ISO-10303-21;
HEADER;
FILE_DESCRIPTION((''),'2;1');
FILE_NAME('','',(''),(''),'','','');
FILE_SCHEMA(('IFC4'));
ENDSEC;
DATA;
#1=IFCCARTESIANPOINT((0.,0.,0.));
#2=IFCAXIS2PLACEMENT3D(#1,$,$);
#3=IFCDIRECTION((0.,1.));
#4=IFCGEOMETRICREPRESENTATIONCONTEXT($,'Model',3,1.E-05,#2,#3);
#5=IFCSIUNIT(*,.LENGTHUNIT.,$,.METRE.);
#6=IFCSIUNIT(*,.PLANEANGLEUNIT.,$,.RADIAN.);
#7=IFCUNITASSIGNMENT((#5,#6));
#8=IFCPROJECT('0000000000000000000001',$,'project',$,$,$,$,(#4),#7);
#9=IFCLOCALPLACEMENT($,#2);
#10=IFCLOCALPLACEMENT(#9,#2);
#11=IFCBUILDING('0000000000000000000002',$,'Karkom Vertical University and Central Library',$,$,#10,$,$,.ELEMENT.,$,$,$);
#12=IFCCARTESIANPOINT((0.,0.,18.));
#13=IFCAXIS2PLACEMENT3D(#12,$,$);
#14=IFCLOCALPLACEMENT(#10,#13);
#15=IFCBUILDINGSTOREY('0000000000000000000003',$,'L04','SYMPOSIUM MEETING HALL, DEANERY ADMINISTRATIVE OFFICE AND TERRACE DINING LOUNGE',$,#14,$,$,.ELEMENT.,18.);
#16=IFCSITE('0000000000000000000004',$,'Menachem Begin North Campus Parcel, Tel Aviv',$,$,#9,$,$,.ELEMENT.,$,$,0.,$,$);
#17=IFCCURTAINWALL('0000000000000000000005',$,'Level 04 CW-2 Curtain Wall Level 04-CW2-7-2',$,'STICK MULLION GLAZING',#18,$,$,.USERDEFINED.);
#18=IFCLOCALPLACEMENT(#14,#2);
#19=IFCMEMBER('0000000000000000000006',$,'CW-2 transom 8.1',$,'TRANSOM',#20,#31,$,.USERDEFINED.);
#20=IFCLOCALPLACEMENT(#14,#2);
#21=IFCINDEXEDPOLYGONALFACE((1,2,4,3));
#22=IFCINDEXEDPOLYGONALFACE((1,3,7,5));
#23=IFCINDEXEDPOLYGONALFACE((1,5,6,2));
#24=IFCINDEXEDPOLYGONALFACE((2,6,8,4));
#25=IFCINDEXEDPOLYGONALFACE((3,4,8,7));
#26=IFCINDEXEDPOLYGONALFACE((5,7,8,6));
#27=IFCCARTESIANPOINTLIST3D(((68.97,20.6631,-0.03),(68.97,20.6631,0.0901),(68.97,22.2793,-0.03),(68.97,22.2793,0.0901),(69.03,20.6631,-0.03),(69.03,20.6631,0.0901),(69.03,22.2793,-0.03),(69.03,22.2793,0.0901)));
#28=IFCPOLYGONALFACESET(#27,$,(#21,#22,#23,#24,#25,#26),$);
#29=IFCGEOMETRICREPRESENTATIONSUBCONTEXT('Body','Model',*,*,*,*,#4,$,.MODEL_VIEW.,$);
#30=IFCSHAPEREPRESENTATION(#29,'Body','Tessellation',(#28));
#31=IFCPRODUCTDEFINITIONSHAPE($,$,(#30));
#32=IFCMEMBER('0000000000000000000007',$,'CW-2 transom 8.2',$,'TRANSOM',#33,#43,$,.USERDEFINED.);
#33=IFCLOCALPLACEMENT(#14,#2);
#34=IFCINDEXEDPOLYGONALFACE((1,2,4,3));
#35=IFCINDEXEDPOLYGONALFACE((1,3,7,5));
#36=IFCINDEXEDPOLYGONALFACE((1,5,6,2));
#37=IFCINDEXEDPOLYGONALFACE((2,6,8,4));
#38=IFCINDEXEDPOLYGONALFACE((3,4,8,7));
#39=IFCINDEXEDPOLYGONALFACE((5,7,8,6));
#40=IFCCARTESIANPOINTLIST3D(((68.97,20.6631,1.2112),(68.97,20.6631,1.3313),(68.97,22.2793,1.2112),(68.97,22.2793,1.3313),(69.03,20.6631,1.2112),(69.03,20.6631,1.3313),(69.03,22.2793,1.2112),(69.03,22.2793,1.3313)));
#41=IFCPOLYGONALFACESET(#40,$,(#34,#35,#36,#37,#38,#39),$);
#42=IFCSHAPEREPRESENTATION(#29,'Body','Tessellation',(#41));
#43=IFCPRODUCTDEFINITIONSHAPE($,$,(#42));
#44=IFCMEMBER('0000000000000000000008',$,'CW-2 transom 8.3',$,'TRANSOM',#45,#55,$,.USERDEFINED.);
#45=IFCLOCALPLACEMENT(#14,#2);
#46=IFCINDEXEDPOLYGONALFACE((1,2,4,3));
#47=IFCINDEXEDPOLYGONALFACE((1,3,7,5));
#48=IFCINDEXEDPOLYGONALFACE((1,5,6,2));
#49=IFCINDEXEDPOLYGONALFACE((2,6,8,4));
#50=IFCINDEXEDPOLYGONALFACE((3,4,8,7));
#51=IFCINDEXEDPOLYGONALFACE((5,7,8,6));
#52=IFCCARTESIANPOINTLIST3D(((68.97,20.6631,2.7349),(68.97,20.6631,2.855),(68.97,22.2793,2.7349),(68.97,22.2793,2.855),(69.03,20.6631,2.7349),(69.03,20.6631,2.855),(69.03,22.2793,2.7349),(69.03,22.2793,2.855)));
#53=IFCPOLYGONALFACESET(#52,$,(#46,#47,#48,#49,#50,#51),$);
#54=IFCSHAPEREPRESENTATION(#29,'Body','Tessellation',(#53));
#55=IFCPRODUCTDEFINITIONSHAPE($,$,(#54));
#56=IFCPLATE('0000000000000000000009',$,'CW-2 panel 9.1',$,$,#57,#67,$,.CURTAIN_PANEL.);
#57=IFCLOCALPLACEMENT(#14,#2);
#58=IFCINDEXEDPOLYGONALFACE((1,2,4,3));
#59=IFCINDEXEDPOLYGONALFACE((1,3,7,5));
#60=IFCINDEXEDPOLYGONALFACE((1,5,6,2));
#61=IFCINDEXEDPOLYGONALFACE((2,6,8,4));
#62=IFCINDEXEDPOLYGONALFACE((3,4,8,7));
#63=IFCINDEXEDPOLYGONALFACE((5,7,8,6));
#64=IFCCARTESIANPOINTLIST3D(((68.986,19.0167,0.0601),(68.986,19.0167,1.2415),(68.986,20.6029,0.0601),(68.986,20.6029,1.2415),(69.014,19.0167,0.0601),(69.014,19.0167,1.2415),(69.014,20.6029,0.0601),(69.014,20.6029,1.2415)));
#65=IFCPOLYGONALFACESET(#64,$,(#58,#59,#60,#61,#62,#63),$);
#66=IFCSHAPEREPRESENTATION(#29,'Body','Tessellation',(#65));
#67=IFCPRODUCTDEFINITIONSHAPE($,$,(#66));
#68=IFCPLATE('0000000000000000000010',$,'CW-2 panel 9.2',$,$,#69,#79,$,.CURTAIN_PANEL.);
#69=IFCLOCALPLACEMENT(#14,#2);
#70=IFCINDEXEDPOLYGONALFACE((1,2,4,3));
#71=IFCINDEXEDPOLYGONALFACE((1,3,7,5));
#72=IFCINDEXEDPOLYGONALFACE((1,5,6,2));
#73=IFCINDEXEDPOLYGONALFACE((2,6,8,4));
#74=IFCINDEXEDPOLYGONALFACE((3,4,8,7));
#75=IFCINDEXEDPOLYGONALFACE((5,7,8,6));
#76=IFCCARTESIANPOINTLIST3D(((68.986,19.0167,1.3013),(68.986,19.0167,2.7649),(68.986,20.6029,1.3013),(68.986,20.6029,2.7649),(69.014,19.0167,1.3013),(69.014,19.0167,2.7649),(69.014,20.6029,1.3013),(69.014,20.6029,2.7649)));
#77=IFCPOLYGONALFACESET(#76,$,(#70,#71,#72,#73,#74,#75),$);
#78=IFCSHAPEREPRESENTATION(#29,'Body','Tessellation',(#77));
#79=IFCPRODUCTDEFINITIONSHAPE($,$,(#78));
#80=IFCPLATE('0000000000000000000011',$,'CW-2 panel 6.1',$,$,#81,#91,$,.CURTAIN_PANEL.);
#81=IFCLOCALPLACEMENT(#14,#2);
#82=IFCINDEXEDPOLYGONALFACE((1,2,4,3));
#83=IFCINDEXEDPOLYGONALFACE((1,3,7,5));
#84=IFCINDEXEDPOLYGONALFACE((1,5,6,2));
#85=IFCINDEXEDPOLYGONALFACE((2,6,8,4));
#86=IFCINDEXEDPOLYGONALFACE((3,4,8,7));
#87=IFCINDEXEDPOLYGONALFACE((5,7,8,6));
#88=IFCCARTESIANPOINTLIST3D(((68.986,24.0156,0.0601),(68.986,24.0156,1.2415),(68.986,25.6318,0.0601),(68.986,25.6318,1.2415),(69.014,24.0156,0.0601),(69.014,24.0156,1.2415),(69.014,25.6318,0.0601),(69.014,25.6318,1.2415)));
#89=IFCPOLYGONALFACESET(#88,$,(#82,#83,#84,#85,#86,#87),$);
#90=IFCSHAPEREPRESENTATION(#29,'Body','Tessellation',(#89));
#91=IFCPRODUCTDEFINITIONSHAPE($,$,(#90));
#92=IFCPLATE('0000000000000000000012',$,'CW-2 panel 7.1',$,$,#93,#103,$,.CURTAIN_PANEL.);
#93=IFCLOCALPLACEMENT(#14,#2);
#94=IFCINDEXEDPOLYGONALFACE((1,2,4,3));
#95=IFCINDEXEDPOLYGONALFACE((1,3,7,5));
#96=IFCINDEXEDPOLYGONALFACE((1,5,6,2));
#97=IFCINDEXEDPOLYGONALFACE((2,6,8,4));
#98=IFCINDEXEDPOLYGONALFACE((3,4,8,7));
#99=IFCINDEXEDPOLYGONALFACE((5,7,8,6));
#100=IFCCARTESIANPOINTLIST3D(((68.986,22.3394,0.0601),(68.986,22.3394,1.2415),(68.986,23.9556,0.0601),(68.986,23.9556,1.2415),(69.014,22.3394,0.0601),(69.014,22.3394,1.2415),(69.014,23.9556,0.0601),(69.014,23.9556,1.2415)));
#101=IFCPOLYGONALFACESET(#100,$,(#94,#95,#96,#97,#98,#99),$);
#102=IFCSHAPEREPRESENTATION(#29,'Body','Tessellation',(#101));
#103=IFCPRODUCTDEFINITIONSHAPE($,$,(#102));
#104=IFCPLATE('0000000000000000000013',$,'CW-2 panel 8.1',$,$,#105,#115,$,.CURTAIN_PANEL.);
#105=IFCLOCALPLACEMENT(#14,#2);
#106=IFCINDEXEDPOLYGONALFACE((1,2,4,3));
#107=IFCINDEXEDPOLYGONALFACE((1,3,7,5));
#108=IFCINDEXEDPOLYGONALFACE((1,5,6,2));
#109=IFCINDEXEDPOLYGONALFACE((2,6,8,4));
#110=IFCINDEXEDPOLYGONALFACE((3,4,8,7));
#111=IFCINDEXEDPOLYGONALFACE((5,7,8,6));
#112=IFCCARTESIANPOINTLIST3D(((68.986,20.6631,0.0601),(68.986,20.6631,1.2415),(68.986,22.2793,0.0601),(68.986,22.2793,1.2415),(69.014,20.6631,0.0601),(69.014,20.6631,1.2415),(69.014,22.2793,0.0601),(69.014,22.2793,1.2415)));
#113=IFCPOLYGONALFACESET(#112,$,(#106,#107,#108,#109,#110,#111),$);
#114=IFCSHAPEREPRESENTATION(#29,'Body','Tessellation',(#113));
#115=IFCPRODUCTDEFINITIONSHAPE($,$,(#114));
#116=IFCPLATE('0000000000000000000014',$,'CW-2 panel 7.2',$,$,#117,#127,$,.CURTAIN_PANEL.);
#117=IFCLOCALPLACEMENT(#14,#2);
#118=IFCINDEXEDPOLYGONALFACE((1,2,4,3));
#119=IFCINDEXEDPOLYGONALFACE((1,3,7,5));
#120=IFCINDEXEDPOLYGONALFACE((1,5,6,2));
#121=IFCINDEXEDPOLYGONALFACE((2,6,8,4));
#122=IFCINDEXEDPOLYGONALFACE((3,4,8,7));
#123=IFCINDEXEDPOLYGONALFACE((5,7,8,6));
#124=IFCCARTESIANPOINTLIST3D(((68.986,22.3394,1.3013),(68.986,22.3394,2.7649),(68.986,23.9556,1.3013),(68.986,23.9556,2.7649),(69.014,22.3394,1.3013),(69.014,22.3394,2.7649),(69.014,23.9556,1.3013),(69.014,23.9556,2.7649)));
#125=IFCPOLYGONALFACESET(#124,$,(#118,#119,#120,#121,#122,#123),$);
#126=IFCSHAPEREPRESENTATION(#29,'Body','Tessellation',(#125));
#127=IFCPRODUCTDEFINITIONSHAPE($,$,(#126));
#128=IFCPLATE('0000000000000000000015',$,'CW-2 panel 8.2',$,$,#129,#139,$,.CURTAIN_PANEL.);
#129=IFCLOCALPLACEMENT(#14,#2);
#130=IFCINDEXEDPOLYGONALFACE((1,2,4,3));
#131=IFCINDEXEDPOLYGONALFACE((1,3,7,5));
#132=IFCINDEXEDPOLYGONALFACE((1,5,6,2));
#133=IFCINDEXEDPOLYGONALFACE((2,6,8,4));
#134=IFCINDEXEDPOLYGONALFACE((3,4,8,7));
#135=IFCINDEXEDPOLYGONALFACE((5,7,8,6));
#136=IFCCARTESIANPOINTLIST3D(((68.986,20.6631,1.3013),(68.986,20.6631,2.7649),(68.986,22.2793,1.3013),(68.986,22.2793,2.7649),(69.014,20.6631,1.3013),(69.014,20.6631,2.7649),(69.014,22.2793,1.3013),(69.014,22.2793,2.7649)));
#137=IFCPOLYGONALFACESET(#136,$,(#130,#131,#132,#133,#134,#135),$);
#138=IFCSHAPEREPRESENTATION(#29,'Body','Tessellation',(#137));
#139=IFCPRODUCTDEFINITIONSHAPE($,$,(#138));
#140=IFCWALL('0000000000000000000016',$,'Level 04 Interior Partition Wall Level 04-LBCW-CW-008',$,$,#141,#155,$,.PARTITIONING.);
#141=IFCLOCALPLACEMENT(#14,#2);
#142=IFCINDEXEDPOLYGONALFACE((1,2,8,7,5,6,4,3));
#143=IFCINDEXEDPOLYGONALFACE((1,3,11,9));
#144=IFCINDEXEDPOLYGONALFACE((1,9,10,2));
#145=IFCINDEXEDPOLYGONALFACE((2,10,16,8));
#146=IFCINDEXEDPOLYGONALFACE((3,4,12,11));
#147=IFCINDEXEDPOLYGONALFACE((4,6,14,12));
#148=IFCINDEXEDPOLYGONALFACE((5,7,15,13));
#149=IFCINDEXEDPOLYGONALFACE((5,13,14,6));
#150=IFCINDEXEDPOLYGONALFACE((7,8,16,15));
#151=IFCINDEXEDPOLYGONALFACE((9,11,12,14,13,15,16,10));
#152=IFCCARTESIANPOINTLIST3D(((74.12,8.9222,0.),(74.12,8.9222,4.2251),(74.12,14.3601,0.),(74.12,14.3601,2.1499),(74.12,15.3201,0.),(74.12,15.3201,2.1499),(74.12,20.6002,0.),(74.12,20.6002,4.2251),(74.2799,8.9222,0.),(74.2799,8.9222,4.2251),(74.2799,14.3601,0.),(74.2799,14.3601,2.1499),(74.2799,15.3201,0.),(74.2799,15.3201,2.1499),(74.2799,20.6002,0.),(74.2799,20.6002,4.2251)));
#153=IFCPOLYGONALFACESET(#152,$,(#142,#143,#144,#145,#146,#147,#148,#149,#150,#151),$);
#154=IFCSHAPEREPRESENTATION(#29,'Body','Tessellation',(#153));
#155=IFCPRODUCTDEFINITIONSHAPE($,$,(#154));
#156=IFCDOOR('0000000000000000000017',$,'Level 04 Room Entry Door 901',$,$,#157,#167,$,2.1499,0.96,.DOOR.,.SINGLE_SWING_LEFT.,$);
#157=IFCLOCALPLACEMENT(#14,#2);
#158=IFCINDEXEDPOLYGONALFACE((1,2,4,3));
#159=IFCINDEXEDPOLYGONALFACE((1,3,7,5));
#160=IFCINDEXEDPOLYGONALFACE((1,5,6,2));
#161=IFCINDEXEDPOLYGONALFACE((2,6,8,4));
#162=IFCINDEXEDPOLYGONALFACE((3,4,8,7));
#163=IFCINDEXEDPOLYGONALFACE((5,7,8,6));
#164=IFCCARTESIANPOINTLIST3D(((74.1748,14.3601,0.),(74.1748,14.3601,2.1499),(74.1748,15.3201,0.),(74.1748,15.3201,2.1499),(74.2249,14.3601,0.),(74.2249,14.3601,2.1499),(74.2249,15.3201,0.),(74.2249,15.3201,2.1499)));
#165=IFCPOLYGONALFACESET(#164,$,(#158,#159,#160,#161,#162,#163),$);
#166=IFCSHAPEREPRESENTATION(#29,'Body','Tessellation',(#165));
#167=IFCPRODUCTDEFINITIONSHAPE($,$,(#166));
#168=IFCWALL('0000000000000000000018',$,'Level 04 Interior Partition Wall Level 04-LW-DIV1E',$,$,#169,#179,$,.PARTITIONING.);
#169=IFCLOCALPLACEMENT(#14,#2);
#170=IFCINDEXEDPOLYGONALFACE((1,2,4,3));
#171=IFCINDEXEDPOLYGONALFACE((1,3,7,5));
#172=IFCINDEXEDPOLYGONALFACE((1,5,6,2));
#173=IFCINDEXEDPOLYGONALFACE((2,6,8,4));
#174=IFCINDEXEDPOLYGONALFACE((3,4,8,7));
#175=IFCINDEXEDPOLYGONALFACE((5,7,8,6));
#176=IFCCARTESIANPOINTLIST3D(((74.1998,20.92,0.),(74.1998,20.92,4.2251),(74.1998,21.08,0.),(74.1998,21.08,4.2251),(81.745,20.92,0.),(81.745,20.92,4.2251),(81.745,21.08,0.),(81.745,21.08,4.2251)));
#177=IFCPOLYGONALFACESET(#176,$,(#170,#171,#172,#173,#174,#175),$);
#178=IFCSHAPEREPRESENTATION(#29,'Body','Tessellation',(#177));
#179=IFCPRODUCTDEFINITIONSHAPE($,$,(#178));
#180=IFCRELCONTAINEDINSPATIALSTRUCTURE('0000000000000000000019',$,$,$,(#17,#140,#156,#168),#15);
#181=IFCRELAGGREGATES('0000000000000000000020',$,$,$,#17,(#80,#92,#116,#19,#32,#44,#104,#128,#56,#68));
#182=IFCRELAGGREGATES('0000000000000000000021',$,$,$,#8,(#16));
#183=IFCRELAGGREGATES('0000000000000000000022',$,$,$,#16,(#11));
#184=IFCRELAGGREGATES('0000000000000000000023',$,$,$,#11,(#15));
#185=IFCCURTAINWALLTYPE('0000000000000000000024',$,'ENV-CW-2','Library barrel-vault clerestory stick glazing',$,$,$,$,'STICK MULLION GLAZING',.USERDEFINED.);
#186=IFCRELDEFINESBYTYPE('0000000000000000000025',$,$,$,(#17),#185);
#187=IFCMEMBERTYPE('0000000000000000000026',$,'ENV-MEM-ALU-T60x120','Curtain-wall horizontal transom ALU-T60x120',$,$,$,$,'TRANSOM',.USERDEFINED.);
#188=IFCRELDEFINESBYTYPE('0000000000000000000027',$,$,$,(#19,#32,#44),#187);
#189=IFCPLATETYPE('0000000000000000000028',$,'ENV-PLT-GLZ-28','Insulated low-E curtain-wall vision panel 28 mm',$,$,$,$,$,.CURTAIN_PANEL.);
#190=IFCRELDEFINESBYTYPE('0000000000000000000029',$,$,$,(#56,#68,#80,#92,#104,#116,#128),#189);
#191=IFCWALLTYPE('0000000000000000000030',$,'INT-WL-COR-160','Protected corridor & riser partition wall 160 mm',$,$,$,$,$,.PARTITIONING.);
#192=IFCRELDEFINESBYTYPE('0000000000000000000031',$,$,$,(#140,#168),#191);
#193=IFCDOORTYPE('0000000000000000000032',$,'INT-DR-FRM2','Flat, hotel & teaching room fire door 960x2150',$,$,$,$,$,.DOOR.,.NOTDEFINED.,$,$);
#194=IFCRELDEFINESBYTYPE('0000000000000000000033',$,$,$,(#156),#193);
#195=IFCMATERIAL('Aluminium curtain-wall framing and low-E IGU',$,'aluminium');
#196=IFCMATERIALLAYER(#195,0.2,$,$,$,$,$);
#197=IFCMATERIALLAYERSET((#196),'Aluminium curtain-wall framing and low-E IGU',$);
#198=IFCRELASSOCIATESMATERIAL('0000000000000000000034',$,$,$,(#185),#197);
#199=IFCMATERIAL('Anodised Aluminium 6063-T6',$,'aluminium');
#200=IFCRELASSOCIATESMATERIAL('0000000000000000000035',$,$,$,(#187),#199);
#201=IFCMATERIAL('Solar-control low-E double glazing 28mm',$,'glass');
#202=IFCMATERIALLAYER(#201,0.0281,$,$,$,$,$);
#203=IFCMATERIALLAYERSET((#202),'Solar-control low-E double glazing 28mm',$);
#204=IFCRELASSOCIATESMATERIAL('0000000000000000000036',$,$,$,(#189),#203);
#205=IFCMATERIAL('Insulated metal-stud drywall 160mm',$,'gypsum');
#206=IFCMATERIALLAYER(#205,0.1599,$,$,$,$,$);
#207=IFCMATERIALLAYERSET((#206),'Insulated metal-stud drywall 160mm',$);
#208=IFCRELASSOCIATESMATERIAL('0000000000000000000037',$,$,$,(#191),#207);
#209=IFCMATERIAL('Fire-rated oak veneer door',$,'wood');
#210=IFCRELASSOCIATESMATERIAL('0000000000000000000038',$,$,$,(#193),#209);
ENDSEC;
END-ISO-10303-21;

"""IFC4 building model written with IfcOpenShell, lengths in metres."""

from ifc_helpers import new_model, si_unit, direction, frame, frame_2d, origin, origin_with_axes, origin_2d, place, context, subcontext, project, spatial, rectangle, extrude, source, transform, mapped, material, layer, layer_set, material_profile, profile_set, type_object, element, fill, aggregate, save


model = new_model("IFC4")

# Units and contexts
model_context = context("Model", 3, precision=1e-05, world=origin(), true_north=direction((0.0, 1.0)))
body_context = subcontext(model_context, "Body", "Model", "MODEL_VIEW")
ifc_project = project(units=[si_unit("LENGTHUNIT", "METRE"), si_unit("PLANEANGLEUNIT", "RADIAN")], contexts=[model_context])

# Site, building, storey
site_placement = place(None, origin())
site = spatial("IfcSite", under=ifc_project, at=site_placement, Name="Menachem Begin North Campus Parcel, Tel Aviv", CompositionType="ELEMENT", RefElevation=0.0)
building_placement = place(site_placement, origin())
building = spatial("IfcBuilding", under=site, at=building_placement, Name="Karkom Vertical University and Central Library", CompositionType="ELEMENT")
storey_placement = place(building_placement, frame((0.0, 0.0, 18.0)))
storey = spatial("IfcBuildingStorey", under=building, at=storey_placement, Name="L04", Description="SYMPOSIUM MEETING HALL, DEANERY ADMINISTRATIVE OFFICE AND TERRACE DINING LOUNGE", CompositionType="ELEMENT", Elevation=18.0)

# Curtain wall, members, plates
ifc_material_1 = material(Name="Aluminium curtain-wall framing and low-E IGU", Category="aluminium")
ifc_layer_1 = layer(ifc_material_1, 0.2)
ifc_layer_set_1 = layer_set([ifc_layer_1], Name="Aluminium curtain-wall framing and low-E IGU")
curtain_wall_type = type_object("IfcCurtainWallType", Name="ENV-CW-2", Description="Library barrel-vault clerestory stick glazing", ElementType="STICK MULLION GLAZING", PredefinedType="USERDEFINED", material=ifc_layer_set_1)
curtain_wall_placement = place(storey_placement, origin())
curtain_wall = element("IfcCurtainWall", 1, at=curtain_wall_placement, inside=storey, type_object=curtain_wall_type, Name="Level 04 CW-2 Curtain Wall Level 04-CW2-7-2", ObjectType="STICK MULLION GLAZING", PredefinedType="USERDEFINED")
ifc_material_2 = material(Name="Anodised Aluminium 6063-T6", Category="aluminium")
ifc_material_profile_1 = material_profile(ifc_material_2, rectangle(XDim=0.0601, YDim=0.1201, at=origin_2d()), Name="ALU-T60x120")
ifc_profile_set_1 = profile_set([ifc_material_profile_1], Name="Anodised Aluminium 6063-T6")
member_type_1 = type_object("IfcMemberType", Name="ENV-MEM-ALU-T60x120", Description="Curtain-wall horizontal transom ALU-T60x120", ElementType="TRANSOM", PredefinedType="USERDEFINED", material=ifc_profile_set_1)
shared_shape_1 = source(origin_with_axes(), body_context, "Body", "SweptSolid", [
    extrude(rectangle(XDim=0.0601, YDim=0.1201, at=origin_2d()), origin(), (0.0, 0.0, 1.0), 1.6162),
])
member_1_placement = place(storey_placement, frame((69.0, 22.2793, 0.03), z_axis=(0.0, -1.0, 0.0), x_axis=(1.0, 0.0, 0.0)))
member_1 = element("IfcMember", 2, at=member_1_placement, type_object=member_type_1, Name="CW-2 transom 8.1", ObjectType="TRANSOM", PredefinedType="USERDEFINED", context=body_context, shape_type="MappedRepresentation", body=[
    mapped(shared_shape_1, transform((0.0, 0.0, 0.0), scale=1.0)),
])
member_2_placement = place(storey_placement, frame((69.0, 22.2793, 1.2712), z_axis=(0.0, -1.0, 0.0), x_axis=(1.0, 0.0, 0.0)))
member_2 = element("IfcMember", 3, at=member_2_placement, type_object=member_type_1, Name="CW-2 transom 8.2", ObjectType="TRANSOM", PredefinedType="USERDEFINED", context=body_context, shape_type="MappedRepresentation", body=[
    mapped(shared_shape_1, transform((0.0, 0.0, 0.0), scale=1.0)),
])
member_3_placement = place(storey_placement, frame((69.0, 22.2793, 2.7949), z_axis=(0.0, -1.0, 0.0), x_axis=(1.0, 0.0, 0.0)))
member_3 = element("IfcMember", 4, at=member_3_placement, type_object=member_type_1, Name="CW-2 transom 8.3", ObjectType="TRANSOM", PredefinedType="USERDEFINED", context=body_context, shape_type="MappedRepresentation", body=[
    mapped(shared_shape_1, transform((0.0, 0.0, 0.0), scale=1.0)),
])
ifc_material_3 = material(Name="Solar-control low-E double glazing 28mm", Category="glass")
ifc_layer_2 = layer(ifc_material_3, 0.0281)
ifc_layer_set_2 = layer_set([ifc_layer_2], Name="Solar-control low-E double glazing 28mm")
plate_type = type_object("IfcPlateType", Name="ENV-PLT-GLZ-28", Description="Insulated low-E curtain-wall vision panel 28 mm", PredefinedType="CURTAIN_PANEL", material=ifc_layer_set_2)
shared_shape_2 = source(origin_with_axes(), body_context, "Body", "SweptSolid", [
    extrude(rectangle(XDim=1.5862, YDim=0.0281, at=origin_2d()), origin(), (0.0, 0.0, 1.0), 1.1814),
])
plate_1_placement = place(storey_placement, frame((69.0, 19.8098, 0.0601), z_axis=(0.0, 0.0, 1.0), x_axis=(0.0, -1.0, 0.0)))
plate_1 = element("IfcPlate", 5, at=plate_1_placement, type_object=plate_type, Name="CW-2 panel 9.1", PredefinedType="CURTAIN_PANEL", context=body_context, shape_type="MappedRepresentation", body=[
    mapped(shared_shape_2, transform((0.0, 0.0, 0.0), scale=1.0)),
])
shared_shape_3 = source(origin_with_axes(), body_context, "Body", "SweptSolid", [
    extrude(rectangle(XDim=1.5862, YDim=0.0281, at=origin_2d()), origin(), (0.0, 0.0, 1.0), 1.4636),
])
plate_2_placement = place(storey_placement, frame((69.0, 19.8098, 1.3013), z_axis=(0.0, 0.0, 1.0), x_axis=(0.0, -1.0, 0.0)))
plate_2 = element("IfcPlate", 6, at=plate_2_placement, type_object=plate_type, Name="CW-2 panel 9.2", PredefinedType="CURTAIN_PANEL", context=body_context, shape_type="MappedRepresentation", body=[
    mapped(shared_shape_3, transform((0.0, 0.0, 0.0), scale=1.0)),
])
shared_shape_4 = source(origin_with_axes(), body_context, "Body", "SweptSolid", [
    extrude(rectangle(XDim=1.6162, YDim=0.0281, at=origin_2d()), origin(), (0.0, 0.0, 1.0), 1.1814),
])
plate_3_placement = place(storey_placement, frame((69.0, 24.8237, 0.0601), z_axis=(0.0, 0.0, 1.0), x_axis=(0.0, -1.0, 0.0)))
plate_3 = element("IfcPlate", 7, at=plate_3_placement, type_object=plate_type, Name="CW-2 panel 6.1", PredefinedType="CURTAIN_PANEL", context=body_context, shape_type="MappedRepresentation", body=[
    mapped(shared_shape_4, transform((0.0, 0.0, 0.0), scale=1.0)),
])
plate_4_placement = place(storey_placement, frame((69.0, 23.1475, 0.0601), z_axis=(0.0, 0.0, 1.0), x_axis=(0.0, -1.0, 0.0)))
plate_4 = element("IfcPlate", 8, at=plate_4_placement, type_object=plate_type, Name="CW-2 panel 7.1", PredefinedType="CURTAIN_PANEL", context=body_context, shape_type="MappedRepresentation", body=[
    mapped(shared_shape_4, transform((0.0, 0.0, 0.0), scale=1.0)),
])
plate_5_placement = place(storey_placement, frame((69.0, 21.4712, 0.0601), z_axis=(0.0, 0.0, 1.0), x_axis=(0.0, -1.0, 0.0)))
plate_5 = element("IfcPlate", 9, at=plate_5_placement, type_object=plate_type, Name="CW-2 panel 8.1", PredefinedType="CURTAIN_PANEL", context=body_context, shape_type="MappedRepresentation", body=[
    mapped(shared_shape_4, transform((0.0, 0.0, 0.0), scale=1.0)),
])
shared_shape_5 = source(origin_with_axes(), body_context, "Body", "SweptSolid", [
    extrude(rectangle(XDim=1.6162, YDim=0.0281, at=origin_2d()), origin(), (0.0, 0.0, 1.0), 1.4636),
])
plate_6_placement = place(storey_placement, frame((69.0, 23.1475, 1.3013), z_axis=(0.0, 0.0, 1.0), x_axis=(0.0, -1.0, 0.0)))
plate_6 = element("IfcPlate", 10, at=plate_6_placement, type_object=plate_type, Name="CW-2 panel 7.2", PredefinedType="CURTAIN_PANEL", context=body_context, shape_type="MappedRepresentation", body=[
    mapped(shared_shape_5, transform((0.0, 0.0, 0.0), scale=1.0)),
])
plate_7_placement = place(storey_placement, frame((69.0, 21.4712, 1.3013), z_axis=(0.0, 0.0, 1.0), x_axis=(0.0, -1.0, 0.0)))
plate_7 = element("IfcPlate", 11, at=plate_7_placement, type_object=plate_type, Name="CW-2 panel 8.2", PredefinedType="CURTAIN_PANEL", context=body_context, shape_type="MappedRepresentation", body=[
    mapped(shared_shape_5, transform((0.0, 0.0, 0.0), scale=1.0)),
])
aggregate(curtain_wall, [plate_3, plate_4, plate_6, member_1, member_2, member_3, plate_5, plate_7, plate_1, plate_2])

# Wall, opening, door
ifc_material_4 = material(Name="Insulated metal-stud drywall 160mm", Category="gypsum")
ifc_layer_3 = layer(ifc_material_4, 0.1599)
ifc_layer_set_3 = layer_set([ifc_layer_3], Name="Insulated metal-stud drywall 160mm")
wall_type = type_object("IfcWallType", Name="INT-WL-COR-160", Description="Protected corridor & riser partition wall 160 mm", PredefinedType="PARTITIONING", material=ifc_layer_set_3)
wall_1_placement = place(storey_placement, frame((74.2, 20.6001, 0.0), z_axis=(0.0, 0.0, 1.0), x_axis=(0.0, -1.0, 0.0)))
wall_1 = element("IfcWall", 12, at=wall_1_placement, inside=storey, type_object=wall_type, Name="Level 04 Interior Partition Wall Level 04-LBCW-CW-008", PredefinedType="PARTITIONING", context=body_context, shape_type="SweptSolid", body=[
    extrude(rectangle(XDim=11.678, YDim=0.1599, at=frame_2d((5.8389, 0.0))), origin(), (0.0, 0.0, 1.0), 4.2251),
])
opening_placement = place(wall_1_placement, frame((5.28, 0.0, 0.0)))
opening = element("IfcOpeningElement", 13, at=opening_placement, cuts=wall_1, PredefinedType="OPENING", context=body_context, shape_type="SweptSolid", body=[
    extrude(rectangle(XDim=0.96, YDim=2.1499, at=frame_2d((0.48, 1.075))), frame((0.0, 0.0898, 0.0), z_axis=(0.0, -1.0, 0.0), x_axis=(1.0, 0.0, 0.0)), (0.0, 0.0, 1.0), 0.1799),
])
ifc_material_5 = material(Name="Fire-rated oak veneer door", Category="wood")
door_type = type_object("IfcDoorType", Name="INT-DR-FRM2", Description="Flat, hotel & teaching room fire door 960x2150", OperationType="NOTDEFINED", PredefinedType="DOOR", material=ifc_material_5)
shared_shape_6 = source(origin_with_axes(), body_context, "Body", "SweptSolid", [
    extrude(rectangle(XDim=0.96, YDim=2.1499, at=frame_2d((0.48, 1.075))), frame((0.0, 0.0249, 0.0), z_axis=(0.0, -1.0, 0.0), x_axis=(1.0, 0.0, 0.0)), (0.0, 0.0, 1.0), 0.05),
])
door_placement = place(opening_placement, origin())
door = element("IfcDoor", 14, at=door_placement, inside=storey, type_object=door_type, Name="Level 04 Room Entry Door 901", OperationType="SINGLE_SWING_LEFT", OverallHeight=2.1499, OverallWidth=0.96, PredefinedType="DOOR", context=body_context, shape_type="MappedRepresentation", body=[
    mapped(shared_shape_6, transform((0.0, 0.0, 0.0), scale=1.0)),
])
fill(opening, door)

# Wall
wall_2_placement = place(storey_placement, frame((74.2, 21.0, 0.0), z_axis=(0.0, 0.0, 1.0), x_axis=(1.0, 0.0, 0.0)))
element("IfcWall", 15, at=wall_2_placement, inside=storey, type_object=wall_type, Name="Level 04 Interior Partition Wall Level 04-LW-DIV1E", PredefinedType="PARTITIONING", context=body_context, shape_type="SweptSolid", body=[
    extrude(rectangle(XDim=7.5452, YDim=0.1599, at=frame_2d((3.7725, 0.0))), origin(), (0.0, 0.0, 1.0), 4.2251),
])

save(model, "model.ifc")
